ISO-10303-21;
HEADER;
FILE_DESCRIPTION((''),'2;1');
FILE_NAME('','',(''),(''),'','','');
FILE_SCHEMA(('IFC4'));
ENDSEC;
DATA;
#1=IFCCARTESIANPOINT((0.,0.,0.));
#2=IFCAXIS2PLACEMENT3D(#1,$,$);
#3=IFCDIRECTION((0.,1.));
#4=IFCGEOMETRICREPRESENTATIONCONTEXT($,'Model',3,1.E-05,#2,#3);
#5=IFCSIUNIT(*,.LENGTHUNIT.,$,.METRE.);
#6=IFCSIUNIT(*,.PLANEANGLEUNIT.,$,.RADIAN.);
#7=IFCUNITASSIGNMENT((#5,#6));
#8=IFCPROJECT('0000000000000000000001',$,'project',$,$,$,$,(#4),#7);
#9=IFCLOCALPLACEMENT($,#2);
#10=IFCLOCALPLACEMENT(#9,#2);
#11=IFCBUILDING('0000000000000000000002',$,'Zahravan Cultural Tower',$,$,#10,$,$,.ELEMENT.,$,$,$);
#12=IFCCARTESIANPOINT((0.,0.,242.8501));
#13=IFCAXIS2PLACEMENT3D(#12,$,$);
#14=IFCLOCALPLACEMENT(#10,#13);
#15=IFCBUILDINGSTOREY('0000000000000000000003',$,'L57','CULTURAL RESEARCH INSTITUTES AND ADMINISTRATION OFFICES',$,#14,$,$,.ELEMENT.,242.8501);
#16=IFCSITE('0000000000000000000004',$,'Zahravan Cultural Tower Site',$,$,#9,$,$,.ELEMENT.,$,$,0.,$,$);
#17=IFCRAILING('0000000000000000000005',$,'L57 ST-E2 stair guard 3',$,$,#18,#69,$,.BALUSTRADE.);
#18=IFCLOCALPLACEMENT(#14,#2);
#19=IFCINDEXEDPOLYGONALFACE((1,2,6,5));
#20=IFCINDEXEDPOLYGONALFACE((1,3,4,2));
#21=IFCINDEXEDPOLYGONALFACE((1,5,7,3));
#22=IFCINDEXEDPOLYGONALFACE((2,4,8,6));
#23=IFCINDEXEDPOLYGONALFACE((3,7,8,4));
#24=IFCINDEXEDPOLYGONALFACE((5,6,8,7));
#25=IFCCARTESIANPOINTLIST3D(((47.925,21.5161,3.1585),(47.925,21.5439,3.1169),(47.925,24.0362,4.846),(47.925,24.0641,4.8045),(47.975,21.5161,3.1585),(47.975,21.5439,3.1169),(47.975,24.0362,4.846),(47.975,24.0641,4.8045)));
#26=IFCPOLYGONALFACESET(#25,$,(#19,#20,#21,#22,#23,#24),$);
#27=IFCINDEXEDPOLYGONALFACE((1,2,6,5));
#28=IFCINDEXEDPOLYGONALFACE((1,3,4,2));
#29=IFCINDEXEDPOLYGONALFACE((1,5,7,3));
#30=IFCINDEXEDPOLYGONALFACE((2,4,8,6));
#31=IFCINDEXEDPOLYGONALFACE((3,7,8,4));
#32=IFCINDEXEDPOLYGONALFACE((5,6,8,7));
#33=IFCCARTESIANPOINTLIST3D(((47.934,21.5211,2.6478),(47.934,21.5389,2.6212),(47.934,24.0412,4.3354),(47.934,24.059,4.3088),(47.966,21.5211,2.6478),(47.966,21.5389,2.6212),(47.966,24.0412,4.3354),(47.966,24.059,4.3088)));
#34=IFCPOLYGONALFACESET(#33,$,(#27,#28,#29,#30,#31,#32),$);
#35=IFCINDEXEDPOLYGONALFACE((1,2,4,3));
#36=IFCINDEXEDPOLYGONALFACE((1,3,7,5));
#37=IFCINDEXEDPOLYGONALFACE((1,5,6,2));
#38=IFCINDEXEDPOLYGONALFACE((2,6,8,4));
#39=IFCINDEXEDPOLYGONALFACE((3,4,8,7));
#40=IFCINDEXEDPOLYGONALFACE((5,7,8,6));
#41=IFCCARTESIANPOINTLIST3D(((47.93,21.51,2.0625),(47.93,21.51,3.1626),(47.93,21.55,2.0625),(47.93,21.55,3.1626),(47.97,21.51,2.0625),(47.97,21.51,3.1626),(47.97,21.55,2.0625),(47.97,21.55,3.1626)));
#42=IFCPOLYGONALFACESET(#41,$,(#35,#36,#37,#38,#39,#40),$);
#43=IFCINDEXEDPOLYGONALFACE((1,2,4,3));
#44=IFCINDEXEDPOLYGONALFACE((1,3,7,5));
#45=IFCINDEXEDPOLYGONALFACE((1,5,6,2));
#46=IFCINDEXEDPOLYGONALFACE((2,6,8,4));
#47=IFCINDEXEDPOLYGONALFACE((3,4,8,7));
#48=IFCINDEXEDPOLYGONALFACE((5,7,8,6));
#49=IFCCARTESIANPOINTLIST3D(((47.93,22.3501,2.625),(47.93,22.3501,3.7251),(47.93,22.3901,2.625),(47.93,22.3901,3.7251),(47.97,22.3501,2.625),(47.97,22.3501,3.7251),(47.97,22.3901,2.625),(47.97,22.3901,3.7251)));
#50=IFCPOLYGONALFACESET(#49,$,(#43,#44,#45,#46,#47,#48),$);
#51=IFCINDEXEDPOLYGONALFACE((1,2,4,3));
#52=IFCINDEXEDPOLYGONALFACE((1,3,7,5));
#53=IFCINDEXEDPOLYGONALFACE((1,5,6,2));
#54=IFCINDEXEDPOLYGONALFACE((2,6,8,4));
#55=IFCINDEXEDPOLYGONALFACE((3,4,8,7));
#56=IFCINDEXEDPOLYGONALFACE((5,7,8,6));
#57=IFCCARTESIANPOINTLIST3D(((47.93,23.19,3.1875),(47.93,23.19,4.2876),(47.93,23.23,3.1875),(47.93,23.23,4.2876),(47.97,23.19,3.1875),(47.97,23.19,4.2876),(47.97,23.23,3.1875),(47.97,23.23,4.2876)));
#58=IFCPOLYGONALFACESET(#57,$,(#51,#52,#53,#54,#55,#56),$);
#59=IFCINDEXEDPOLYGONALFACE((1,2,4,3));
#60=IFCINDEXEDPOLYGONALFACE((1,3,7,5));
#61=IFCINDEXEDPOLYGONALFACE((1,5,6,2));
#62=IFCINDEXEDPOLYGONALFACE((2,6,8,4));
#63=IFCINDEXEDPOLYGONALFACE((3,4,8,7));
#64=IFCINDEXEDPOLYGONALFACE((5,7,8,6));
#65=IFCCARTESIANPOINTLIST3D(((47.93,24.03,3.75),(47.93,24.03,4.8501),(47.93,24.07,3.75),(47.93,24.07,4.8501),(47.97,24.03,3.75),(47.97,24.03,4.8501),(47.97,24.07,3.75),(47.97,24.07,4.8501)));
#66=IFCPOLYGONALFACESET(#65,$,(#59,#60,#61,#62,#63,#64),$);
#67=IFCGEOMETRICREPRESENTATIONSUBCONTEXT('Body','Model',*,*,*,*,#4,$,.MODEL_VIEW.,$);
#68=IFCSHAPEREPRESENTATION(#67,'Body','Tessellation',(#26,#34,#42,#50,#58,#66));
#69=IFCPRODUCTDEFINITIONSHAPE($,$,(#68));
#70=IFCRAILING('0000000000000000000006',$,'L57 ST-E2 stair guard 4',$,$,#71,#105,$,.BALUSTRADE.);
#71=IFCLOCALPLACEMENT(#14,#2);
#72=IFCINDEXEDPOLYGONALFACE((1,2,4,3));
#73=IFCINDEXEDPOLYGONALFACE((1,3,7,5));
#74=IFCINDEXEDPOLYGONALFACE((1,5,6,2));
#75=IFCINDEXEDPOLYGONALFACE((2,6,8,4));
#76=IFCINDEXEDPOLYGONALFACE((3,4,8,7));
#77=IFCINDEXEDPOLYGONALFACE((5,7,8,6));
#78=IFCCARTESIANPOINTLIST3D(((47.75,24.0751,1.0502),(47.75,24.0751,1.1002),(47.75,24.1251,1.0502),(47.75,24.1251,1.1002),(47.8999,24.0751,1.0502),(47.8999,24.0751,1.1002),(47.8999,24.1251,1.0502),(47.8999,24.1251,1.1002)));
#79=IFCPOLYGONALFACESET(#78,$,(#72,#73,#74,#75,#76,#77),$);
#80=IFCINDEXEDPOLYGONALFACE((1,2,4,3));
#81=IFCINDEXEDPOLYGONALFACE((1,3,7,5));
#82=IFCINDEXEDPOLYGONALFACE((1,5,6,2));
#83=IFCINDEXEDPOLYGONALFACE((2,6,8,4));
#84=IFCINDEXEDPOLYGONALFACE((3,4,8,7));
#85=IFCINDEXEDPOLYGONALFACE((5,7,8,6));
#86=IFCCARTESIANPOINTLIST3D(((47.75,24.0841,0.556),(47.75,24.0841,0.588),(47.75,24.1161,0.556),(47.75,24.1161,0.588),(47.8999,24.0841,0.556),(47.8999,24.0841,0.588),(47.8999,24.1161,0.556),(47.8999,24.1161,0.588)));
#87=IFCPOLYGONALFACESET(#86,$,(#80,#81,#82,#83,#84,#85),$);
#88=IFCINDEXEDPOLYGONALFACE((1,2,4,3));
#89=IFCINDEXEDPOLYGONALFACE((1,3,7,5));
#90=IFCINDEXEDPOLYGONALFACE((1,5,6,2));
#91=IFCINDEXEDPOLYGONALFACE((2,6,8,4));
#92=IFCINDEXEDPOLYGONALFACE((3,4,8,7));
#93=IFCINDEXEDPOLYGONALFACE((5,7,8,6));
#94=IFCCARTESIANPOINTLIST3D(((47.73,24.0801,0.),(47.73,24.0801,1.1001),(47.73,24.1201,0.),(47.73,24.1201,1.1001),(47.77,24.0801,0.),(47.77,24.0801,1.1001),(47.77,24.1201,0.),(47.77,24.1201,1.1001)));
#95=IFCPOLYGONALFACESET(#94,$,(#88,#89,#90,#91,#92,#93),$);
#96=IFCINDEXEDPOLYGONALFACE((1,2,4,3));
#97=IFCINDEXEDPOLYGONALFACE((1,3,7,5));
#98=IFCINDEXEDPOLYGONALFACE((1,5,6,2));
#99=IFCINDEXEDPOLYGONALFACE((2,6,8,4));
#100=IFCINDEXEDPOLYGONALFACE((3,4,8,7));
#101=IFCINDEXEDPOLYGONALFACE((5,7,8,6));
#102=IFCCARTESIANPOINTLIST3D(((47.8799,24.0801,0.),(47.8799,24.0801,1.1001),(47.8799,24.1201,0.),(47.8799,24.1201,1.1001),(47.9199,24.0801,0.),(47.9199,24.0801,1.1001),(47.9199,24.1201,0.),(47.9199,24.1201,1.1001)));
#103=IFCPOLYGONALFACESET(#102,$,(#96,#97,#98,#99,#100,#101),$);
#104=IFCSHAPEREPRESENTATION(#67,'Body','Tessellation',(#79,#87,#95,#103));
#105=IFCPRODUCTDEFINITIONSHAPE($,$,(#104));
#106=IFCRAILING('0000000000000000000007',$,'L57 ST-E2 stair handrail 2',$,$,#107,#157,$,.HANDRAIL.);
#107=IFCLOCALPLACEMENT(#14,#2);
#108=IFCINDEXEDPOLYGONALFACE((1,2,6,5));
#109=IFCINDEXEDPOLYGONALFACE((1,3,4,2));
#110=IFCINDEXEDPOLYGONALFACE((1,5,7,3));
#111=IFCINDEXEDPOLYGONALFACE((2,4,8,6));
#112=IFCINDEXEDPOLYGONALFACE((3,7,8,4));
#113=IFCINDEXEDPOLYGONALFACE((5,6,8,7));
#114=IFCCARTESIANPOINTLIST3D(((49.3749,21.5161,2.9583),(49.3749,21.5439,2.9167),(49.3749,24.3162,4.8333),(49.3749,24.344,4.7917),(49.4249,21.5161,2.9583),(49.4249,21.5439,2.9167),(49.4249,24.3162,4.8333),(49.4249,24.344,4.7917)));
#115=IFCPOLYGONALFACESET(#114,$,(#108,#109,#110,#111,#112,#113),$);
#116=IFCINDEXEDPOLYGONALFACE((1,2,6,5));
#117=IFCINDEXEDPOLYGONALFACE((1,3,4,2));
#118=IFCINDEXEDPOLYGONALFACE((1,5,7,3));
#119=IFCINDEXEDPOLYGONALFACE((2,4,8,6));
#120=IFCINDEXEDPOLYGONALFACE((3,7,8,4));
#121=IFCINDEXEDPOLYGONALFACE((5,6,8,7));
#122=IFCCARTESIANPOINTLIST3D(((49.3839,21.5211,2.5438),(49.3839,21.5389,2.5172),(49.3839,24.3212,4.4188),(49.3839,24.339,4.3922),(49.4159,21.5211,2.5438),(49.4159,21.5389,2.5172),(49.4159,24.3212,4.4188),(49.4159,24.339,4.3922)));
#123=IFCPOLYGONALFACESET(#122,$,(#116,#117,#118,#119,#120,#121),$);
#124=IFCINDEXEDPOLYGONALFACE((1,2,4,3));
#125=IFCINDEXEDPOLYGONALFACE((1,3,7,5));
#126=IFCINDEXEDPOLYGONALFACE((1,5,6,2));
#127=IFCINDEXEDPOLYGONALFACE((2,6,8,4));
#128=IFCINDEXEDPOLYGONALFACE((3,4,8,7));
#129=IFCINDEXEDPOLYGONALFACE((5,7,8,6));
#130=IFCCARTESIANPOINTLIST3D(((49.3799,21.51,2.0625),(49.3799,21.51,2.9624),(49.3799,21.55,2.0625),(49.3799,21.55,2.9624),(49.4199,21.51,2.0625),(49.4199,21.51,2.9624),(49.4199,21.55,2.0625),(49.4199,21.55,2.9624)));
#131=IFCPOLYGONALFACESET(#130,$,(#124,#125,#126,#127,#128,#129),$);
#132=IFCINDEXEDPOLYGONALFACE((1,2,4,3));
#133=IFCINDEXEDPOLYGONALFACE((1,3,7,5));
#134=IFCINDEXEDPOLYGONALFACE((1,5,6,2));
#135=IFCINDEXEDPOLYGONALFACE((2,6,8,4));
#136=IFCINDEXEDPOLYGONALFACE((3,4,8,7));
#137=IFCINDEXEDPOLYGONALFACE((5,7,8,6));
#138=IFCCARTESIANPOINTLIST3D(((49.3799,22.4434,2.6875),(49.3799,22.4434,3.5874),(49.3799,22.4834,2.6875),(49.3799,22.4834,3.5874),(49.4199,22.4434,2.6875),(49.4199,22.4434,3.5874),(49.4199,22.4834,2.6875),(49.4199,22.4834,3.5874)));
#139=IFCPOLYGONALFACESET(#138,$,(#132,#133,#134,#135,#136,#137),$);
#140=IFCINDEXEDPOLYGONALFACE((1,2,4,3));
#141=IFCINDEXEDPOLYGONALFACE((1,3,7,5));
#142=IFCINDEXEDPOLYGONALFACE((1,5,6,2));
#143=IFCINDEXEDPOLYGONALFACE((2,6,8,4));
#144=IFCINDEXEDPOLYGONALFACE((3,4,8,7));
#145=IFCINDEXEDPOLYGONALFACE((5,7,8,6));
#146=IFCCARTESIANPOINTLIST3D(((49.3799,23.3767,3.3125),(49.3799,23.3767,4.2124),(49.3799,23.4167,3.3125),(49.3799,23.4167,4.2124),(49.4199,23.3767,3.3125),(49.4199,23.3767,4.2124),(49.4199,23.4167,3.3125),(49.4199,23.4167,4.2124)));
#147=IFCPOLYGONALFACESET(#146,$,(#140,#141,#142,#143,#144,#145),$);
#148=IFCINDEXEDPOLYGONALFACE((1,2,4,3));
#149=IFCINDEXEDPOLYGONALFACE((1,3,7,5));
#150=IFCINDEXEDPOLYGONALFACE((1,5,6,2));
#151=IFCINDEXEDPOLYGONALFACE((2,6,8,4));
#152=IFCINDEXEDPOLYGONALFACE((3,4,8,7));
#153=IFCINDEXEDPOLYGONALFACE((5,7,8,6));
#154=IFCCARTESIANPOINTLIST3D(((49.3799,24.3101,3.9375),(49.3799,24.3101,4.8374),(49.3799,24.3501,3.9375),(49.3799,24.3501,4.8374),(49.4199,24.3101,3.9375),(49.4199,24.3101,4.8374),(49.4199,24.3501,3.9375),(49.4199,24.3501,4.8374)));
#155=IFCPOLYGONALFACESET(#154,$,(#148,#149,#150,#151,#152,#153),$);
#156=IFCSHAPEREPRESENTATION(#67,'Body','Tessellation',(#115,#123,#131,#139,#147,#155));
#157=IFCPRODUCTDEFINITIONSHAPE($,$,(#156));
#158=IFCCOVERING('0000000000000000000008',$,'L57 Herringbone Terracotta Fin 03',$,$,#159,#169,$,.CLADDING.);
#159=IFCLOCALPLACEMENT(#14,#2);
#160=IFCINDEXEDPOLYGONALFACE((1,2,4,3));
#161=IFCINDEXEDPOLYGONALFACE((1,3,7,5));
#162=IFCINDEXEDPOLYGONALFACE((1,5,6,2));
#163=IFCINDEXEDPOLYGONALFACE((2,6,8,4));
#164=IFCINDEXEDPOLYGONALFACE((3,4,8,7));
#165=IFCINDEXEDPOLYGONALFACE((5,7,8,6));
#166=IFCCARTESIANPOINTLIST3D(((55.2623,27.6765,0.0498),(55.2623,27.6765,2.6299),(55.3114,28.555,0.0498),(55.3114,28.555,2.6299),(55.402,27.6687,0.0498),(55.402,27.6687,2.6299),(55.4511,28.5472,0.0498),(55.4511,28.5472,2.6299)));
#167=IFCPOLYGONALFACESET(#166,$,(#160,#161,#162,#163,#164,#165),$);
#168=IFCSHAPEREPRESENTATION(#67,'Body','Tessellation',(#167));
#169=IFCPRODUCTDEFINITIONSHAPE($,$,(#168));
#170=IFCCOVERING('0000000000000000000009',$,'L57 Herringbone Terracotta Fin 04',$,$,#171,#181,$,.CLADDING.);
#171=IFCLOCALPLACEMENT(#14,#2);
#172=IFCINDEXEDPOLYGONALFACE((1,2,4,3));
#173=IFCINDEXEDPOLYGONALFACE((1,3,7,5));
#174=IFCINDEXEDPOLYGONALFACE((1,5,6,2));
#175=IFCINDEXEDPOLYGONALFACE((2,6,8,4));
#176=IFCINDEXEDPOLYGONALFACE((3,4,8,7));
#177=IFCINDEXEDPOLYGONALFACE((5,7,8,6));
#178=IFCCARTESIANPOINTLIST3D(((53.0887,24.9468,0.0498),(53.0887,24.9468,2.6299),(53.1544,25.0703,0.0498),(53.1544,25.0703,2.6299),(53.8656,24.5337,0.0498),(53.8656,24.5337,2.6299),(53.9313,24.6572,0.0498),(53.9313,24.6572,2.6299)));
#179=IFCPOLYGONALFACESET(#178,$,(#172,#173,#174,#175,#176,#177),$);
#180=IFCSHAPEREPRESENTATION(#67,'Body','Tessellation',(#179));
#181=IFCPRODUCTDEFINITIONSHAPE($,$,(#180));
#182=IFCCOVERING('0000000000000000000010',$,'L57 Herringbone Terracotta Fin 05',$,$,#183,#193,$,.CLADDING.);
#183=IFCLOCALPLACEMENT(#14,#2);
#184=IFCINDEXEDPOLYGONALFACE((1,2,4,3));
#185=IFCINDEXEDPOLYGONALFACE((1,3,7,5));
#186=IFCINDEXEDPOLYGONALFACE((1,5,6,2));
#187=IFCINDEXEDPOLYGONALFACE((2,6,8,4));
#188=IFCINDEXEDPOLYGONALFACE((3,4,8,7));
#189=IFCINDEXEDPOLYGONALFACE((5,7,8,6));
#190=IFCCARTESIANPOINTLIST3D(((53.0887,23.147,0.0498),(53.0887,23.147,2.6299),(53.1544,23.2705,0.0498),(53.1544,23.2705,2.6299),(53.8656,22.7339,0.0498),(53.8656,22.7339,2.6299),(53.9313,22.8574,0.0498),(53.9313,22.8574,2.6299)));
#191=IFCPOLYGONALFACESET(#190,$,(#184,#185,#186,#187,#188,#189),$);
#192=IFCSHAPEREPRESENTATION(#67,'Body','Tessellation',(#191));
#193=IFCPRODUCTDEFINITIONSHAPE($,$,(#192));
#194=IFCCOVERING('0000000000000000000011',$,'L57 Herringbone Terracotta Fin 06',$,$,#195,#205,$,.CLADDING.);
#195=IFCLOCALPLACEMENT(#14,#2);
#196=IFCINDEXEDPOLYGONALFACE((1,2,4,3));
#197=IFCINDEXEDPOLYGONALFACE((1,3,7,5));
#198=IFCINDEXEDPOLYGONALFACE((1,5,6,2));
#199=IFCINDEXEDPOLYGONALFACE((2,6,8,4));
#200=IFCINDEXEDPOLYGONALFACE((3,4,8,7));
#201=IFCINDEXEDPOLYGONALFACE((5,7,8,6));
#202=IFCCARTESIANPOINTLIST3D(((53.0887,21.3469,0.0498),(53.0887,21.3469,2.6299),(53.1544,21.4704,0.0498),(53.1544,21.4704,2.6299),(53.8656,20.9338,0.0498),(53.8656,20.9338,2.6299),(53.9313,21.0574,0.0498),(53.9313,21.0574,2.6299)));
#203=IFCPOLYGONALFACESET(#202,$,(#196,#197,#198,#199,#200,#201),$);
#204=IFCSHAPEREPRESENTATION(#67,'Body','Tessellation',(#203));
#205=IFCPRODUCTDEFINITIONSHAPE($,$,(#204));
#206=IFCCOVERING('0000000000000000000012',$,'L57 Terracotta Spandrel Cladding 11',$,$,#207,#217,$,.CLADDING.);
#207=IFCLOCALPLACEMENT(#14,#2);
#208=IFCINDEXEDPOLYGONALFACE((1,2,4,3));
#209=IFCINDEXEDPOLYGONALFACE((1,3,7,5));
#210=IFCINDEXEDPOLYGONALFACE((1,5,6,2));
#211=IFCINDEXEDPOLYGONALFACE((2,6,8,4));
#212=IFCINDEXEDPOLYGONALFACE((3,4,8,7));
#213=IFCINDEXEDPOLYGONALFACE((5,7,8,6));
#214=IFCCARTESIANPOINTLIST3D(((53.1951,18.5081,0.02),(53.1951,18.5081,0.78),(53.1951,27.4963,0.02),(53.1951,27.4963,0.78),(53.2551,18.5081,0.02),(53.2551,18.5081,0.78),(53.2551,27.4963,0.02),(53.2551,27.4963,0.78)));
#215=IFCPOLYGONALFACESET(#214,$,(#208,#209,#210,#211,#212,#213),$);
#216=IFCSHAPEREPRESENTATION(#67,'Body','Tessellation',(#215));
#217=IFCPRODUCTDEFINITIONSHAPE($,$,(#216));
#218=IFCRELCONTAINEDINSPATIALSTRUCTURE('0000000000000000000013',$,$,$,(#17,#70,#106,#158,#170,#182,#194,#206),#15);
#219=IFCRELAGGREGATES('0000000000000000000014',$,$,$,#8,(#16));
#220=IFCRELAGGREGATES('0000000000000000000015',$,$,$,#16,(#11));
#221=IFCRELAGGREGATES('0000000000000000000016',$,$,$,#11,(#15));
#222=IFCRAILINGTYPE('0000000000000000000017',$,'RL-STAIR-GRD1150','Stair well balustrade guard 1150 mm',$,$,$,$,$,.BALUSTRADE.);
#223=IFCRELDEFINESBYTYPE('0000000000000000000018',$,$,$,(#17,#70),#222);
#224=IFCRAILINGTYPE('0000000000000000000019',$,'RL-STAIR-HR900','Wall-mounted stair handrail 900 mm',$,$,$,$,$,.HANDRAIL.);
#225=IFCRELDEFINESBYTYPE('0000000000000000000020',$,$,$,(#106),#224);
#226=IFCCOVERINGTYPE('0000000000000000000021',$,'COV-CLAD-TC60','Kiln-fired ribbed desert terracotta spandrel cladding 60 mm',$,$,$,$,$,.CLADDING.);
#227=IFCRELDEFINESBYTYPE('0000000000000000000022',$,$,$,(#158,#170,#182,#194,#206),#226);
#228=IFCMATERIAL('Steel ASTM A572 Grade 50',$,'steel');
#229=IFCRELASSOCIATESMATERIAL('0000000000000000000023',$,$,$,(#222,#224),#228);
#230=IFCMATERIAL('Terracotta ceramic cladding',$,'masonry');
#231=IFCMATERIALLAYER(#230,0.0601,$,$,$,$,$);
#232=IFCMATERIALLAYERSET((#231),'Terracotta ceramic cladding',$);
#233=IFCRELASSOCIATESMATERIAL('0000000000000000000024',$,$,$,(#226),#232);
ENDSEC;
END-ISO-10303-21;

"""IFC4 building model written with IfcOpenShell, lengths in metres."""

from ifc_helpers import new_model, si_unit, direction, frame, origin, origin_2d, place, context, subcontext, project, spatial, rectangle, extrude, source, transform, mapped, material, layer, layer_set, type_object, element, save


model = new_model("IFC4")

# Units and contexts
model_context = context("Model", 3, precision=1e-05, world=origin(), true_north=direction((0.0, 1.0)))
body_context = subcontext(model_context, "Body", "Model", "MODEL_VIEW")
ifc_project = project(units=[si_unit("LENGTHUNIT", "METRE"), si_unit("PLANEANGLEUNIT", "RADIAN")], contexts=[model_context])

# Site, building, storey
site_placement = place(None, origin())
site = spatial("IfcSite", under=ifc_project, at=site_placement, Name="Zahravan Cultural Tower Site", CompositionType="ELEMENT", RefElevation=0.0)
building_placement = place(site_placement, origin())
building = spatial("IfcBuilding", under=site, at=building_placement, Name="Zahravan Cultural Tower", CompositionType="ELEMENT")
storey_placement = place(building_placement, frame((0.0, 0.0, 242.8501)))
storey = spatial("IfcBuildingStorey", under=building, at=storey_placement, Name="L57", Description="CULTURAL RESEARCH INSTITUTES AND ADMINISTRATION OFFICES", CompositionType="ELEMENT", Elevation=242.8501)

# Railings
ifc_material_1 = material(Name="Steel ASTM A572 Grade 50", Category="steel")
railing_type_1 = type_object("IfcRailingType", Name="RL-STAIR-GRD1150", Description="Stair well balustrade guard 1150 mm", PredefinedType="BALUSTRADE", material=ifc_material_1)
railing_1_placement = place(storey_placement, frame((47.95, 21.53, 2.0625)))
element("IfcRailing", 1, at=railing_1_placement, inside=storey, type_object=railing_type_1, Name="L57 ST-E2 stair guard 3", PredefinedType="BALUSTRADE", context=body_context, shape_type="SweptSolid", body=[
    extrude(rectangle(XDim=0.05, YDim=0.05, at=origin_2d()), frame((0.0, 0.0, 1.0752), z_axis=(0.0, 0.830909, 0.556408), x_axis=(-1.0, 0.0, 0.0)), (0.0, 0.0, 1.0), 3.033),
    extrude(rectangle(XDim=0.032, YDim=0.032, at=origin_2d()), frame((0.0, 0.0, 0.572), z_axis=(0.0, 0.830909, 0.556408), x_axis=(-1.0, 0.0, 0.0)), (0.0, 0.0, 1.0), 3.033),
    extrude(rectangle(XDim=0.04, YDim=0.04, at=origin_2d()), origin(), (0.0, 0.0, 1.0), 1.1001),
    extrude(rectangle(XDim=0.04, YDim=0.04, at=origin_2d()), frame((0.0, 0.8401, 0.5625)), (0.0, 0.0, 1.0), 1.1001),
    extrude(rectangle(XDim=0.04, YDim=0.04, at=origin_2d()), frame((0.0, 1.6799, 1.125)), (0.0, 0.0, 1.0), 1.1001),
    extrude(rectangle(XDim=0.04, YDim=0.04, at=origin_2d()), frame((0.0, 2.52, 1.6875)), (0.0, 0.0, 1.0), 1.1001),
])
railing_2_placement = place(storey_placement, frame((47.75, 24.1001, 0.0)))
element("IfcRailing", 2, at=railing_2_placement, inside=storey, type_object=railing_type_1, Name="L57 ST-E2 stair guard 4", PredefinedType="BALUSTRADE", context=body_context, shape_type="SweptSolid", body=[
    extrude(rectangle(XDim=0.05, YDim=0.05, at=origin_2d()), frame((0.0, 0.0, 1.0752), z_axis=(1.0, 0.0, 0.0), x_axis=(0.0, 1.0, 0.0)), (0.0, 0.0, 1.0), 0.1499),
    extrude(rectangle(XDim=0.032, YDim=0.032, at=origin_2d()), frame((0.0, 0.0, 0.572), z_axis=(1.0, 0.0, 0.0), x_axis=(0.0, 1.0, 0.0)), (0.0, 0.0, 1.0), 0.1499),
    extrude(rectangle(XDim=0.04, YDim=0.04, at=origin_2d()), origin(), (0.0, 0.0, 1.0), 1.1001),
    extrude(rectangle(XDim=0.04, YDim=0.04, at=origin_2d()), frame((0.1499, 0.0, 0.0)), (0.0, 0.0, 1.0), 1.1001),
])
railing_type_2 = type_object("IfcRailingType", Name="RL-STAIR-HR900", Description="Wall-mounted stair handrail 900 mm", PredefinedType="HANDRAIL", material=ifc_material_1)
railing_3_placement = place(storey_placement, frame((49.3999, 21.53, 2.0625)))
element("IfcRailing", 3, at=railing_3_placement, inside=storey, type_object=railing_type_2, Name="L57 ST-E2 stair handrail 2", PredefinedType="HANDRAIL", context=body_context, shape_type="SweptSolid", body=[
    extrude(rectangle(XDim=0.05, YDim=0.05, at=origin_2d()), frame((0.0, 0.0, 0.875), z_axis=(0.0, 0.830912, 0.556404), x_axis=(-1.0, 0.0, 0.0)), (0.0, 0.0, 1.0), 3.3699),
    extrude(rectangle(XDim=0.032, YDim=0.032, at=origin_2d()), frame((0.0, 0.0, 0.468), z_axis=(0.0, 0.830912, 0.556404), x_axis=(-1.0, 0.0, 0.0)), (0.0, 0.0, 1.0), 3.3699),
    extrude(rectangle(XDim=0.04, YDim=0.04, at=origin_2d()), origin(), (0.0, 0.0, 1.0), 0.8999),
    extrude(rectangle(XDim=0.04, YDim=0.04, at=origin_2d()), frame((0.0, 0.9333, 0.625)), (0.0, 0.0, 1.0), 0.8999),
    extrude(rectangle(XDim=0.04, YDim=0.04, at=origin_2d()), frame((0.0, 1.8667, 1.25)), (0.0, 0.0, 1.0), 0.8999),
    extrude(rectangle(XDim=0.04, YDim=0.04, at=origin_2d()), frame((0.0, 2.8, 1.875)), (0.0, 0.0, 1.0), 0.8999),
])

# Coverings
ifc_material_2 = material(Name="Terracotta ceramic cladding", Category="masonry")
ifc_layer_1 = layer(ifc_material_2, 0.0601)
ifc_layer_set_1 = layer_set([ifc_layer_1], Name="Terracotta ceramic cladding")
covering_type = type_object("IfcCoveringType", Name="COV-CLAD-TC60", Description="Kiln-fired ribbed desert terracotta spandrel cladding 60 mm", PredefinedType="CLADDING", material=ifc_layer_set_1)
shared_shape_1 = source(origin(), body_context, "Body", "SweptSolid", [
    extrude(rectangle(XDim=0.8799, YDim=0.1399, at=origin_2d()), origin(), (0.0, 0.0, 1.0), 2.5801),
])
for number, where, z_axis, x_axis, name in (
    (4, (55.3567, 28.1118, 0.0498), (0.0, 0.0, 1.0), (-0.055804, -0.998442, 0.0), "L57 Herringbone Terracotta Fin 03"),
    (5, (53.51, 24.802, 0.0498), (0.0, 0.0, 1.0), (0.882948, -0.469472, 0.0), "L57 Herringbone Terracotta Fin 04"),
    (6, (53.51, 23.0022, 0.0498), (0.0, 0.0, 1.0), (0.882948, -0.469472, 0.0), "L57 Herringbone Terracotta Fin 05"),
    (7, (53.51, 21.2021, 0.0498), (0.0, 0.0, 1.0), (0.882948, -0.469472, 0.0), "L57 Herringbone Terracotta Fin 06"),
):
    element("IfcCovering", number, at=place(storey_placement, frame(where, z_axis=z_axis, x_axis=x_axis)), inside=storey, type_object=covering_type, Name=name, PredefinedType="CLADDING", context=body_context, shape_type="MappedRepresentation", body=[
        mapped(shared_shape_1, transform((0.0, 0.0, 0.0), x_axis=(1.0, 0.0, 0.0), y_axis=(0.0, 1.0, 0.0), z_axis=(0.0, 0.0, 1.0), scale=1.0)),
    ])
shared_shape_2 = source(origin(), body_context, "Body", "SweptSolid", [
    extrude(rectangle(XDim=8.9883, YDim=0.0601, at=origin_2d()), origin(), (0.0, 0.0, 1.0), 0.76),
])
covering_placement = place(storey_placement, frame((53.2251, 23.0022, 0.02), z_axis=(0.0, 0.0, 1.0), x_axis=(0.0, -1.0, 0.0)))
element("IfcCovering", 8, at=covering_placement, inside=storey, type_object=covering_type, Name="L57 Terracotta Spandrel Cladding 11", PredefinedType="CLADDING", context=body_context, shape_type="MappedRepresentation", body=[
    mapped(shared_shape_2, transform((0.0, 0.0, 0.0), x_axis=(1.0, 0.0, 0.0), y_axis=(0.0, 1.0, 0.0), z_axis=(0.0, 0.0, 1.0), scale=1.0)),
])

save(model, "model.ifc")
